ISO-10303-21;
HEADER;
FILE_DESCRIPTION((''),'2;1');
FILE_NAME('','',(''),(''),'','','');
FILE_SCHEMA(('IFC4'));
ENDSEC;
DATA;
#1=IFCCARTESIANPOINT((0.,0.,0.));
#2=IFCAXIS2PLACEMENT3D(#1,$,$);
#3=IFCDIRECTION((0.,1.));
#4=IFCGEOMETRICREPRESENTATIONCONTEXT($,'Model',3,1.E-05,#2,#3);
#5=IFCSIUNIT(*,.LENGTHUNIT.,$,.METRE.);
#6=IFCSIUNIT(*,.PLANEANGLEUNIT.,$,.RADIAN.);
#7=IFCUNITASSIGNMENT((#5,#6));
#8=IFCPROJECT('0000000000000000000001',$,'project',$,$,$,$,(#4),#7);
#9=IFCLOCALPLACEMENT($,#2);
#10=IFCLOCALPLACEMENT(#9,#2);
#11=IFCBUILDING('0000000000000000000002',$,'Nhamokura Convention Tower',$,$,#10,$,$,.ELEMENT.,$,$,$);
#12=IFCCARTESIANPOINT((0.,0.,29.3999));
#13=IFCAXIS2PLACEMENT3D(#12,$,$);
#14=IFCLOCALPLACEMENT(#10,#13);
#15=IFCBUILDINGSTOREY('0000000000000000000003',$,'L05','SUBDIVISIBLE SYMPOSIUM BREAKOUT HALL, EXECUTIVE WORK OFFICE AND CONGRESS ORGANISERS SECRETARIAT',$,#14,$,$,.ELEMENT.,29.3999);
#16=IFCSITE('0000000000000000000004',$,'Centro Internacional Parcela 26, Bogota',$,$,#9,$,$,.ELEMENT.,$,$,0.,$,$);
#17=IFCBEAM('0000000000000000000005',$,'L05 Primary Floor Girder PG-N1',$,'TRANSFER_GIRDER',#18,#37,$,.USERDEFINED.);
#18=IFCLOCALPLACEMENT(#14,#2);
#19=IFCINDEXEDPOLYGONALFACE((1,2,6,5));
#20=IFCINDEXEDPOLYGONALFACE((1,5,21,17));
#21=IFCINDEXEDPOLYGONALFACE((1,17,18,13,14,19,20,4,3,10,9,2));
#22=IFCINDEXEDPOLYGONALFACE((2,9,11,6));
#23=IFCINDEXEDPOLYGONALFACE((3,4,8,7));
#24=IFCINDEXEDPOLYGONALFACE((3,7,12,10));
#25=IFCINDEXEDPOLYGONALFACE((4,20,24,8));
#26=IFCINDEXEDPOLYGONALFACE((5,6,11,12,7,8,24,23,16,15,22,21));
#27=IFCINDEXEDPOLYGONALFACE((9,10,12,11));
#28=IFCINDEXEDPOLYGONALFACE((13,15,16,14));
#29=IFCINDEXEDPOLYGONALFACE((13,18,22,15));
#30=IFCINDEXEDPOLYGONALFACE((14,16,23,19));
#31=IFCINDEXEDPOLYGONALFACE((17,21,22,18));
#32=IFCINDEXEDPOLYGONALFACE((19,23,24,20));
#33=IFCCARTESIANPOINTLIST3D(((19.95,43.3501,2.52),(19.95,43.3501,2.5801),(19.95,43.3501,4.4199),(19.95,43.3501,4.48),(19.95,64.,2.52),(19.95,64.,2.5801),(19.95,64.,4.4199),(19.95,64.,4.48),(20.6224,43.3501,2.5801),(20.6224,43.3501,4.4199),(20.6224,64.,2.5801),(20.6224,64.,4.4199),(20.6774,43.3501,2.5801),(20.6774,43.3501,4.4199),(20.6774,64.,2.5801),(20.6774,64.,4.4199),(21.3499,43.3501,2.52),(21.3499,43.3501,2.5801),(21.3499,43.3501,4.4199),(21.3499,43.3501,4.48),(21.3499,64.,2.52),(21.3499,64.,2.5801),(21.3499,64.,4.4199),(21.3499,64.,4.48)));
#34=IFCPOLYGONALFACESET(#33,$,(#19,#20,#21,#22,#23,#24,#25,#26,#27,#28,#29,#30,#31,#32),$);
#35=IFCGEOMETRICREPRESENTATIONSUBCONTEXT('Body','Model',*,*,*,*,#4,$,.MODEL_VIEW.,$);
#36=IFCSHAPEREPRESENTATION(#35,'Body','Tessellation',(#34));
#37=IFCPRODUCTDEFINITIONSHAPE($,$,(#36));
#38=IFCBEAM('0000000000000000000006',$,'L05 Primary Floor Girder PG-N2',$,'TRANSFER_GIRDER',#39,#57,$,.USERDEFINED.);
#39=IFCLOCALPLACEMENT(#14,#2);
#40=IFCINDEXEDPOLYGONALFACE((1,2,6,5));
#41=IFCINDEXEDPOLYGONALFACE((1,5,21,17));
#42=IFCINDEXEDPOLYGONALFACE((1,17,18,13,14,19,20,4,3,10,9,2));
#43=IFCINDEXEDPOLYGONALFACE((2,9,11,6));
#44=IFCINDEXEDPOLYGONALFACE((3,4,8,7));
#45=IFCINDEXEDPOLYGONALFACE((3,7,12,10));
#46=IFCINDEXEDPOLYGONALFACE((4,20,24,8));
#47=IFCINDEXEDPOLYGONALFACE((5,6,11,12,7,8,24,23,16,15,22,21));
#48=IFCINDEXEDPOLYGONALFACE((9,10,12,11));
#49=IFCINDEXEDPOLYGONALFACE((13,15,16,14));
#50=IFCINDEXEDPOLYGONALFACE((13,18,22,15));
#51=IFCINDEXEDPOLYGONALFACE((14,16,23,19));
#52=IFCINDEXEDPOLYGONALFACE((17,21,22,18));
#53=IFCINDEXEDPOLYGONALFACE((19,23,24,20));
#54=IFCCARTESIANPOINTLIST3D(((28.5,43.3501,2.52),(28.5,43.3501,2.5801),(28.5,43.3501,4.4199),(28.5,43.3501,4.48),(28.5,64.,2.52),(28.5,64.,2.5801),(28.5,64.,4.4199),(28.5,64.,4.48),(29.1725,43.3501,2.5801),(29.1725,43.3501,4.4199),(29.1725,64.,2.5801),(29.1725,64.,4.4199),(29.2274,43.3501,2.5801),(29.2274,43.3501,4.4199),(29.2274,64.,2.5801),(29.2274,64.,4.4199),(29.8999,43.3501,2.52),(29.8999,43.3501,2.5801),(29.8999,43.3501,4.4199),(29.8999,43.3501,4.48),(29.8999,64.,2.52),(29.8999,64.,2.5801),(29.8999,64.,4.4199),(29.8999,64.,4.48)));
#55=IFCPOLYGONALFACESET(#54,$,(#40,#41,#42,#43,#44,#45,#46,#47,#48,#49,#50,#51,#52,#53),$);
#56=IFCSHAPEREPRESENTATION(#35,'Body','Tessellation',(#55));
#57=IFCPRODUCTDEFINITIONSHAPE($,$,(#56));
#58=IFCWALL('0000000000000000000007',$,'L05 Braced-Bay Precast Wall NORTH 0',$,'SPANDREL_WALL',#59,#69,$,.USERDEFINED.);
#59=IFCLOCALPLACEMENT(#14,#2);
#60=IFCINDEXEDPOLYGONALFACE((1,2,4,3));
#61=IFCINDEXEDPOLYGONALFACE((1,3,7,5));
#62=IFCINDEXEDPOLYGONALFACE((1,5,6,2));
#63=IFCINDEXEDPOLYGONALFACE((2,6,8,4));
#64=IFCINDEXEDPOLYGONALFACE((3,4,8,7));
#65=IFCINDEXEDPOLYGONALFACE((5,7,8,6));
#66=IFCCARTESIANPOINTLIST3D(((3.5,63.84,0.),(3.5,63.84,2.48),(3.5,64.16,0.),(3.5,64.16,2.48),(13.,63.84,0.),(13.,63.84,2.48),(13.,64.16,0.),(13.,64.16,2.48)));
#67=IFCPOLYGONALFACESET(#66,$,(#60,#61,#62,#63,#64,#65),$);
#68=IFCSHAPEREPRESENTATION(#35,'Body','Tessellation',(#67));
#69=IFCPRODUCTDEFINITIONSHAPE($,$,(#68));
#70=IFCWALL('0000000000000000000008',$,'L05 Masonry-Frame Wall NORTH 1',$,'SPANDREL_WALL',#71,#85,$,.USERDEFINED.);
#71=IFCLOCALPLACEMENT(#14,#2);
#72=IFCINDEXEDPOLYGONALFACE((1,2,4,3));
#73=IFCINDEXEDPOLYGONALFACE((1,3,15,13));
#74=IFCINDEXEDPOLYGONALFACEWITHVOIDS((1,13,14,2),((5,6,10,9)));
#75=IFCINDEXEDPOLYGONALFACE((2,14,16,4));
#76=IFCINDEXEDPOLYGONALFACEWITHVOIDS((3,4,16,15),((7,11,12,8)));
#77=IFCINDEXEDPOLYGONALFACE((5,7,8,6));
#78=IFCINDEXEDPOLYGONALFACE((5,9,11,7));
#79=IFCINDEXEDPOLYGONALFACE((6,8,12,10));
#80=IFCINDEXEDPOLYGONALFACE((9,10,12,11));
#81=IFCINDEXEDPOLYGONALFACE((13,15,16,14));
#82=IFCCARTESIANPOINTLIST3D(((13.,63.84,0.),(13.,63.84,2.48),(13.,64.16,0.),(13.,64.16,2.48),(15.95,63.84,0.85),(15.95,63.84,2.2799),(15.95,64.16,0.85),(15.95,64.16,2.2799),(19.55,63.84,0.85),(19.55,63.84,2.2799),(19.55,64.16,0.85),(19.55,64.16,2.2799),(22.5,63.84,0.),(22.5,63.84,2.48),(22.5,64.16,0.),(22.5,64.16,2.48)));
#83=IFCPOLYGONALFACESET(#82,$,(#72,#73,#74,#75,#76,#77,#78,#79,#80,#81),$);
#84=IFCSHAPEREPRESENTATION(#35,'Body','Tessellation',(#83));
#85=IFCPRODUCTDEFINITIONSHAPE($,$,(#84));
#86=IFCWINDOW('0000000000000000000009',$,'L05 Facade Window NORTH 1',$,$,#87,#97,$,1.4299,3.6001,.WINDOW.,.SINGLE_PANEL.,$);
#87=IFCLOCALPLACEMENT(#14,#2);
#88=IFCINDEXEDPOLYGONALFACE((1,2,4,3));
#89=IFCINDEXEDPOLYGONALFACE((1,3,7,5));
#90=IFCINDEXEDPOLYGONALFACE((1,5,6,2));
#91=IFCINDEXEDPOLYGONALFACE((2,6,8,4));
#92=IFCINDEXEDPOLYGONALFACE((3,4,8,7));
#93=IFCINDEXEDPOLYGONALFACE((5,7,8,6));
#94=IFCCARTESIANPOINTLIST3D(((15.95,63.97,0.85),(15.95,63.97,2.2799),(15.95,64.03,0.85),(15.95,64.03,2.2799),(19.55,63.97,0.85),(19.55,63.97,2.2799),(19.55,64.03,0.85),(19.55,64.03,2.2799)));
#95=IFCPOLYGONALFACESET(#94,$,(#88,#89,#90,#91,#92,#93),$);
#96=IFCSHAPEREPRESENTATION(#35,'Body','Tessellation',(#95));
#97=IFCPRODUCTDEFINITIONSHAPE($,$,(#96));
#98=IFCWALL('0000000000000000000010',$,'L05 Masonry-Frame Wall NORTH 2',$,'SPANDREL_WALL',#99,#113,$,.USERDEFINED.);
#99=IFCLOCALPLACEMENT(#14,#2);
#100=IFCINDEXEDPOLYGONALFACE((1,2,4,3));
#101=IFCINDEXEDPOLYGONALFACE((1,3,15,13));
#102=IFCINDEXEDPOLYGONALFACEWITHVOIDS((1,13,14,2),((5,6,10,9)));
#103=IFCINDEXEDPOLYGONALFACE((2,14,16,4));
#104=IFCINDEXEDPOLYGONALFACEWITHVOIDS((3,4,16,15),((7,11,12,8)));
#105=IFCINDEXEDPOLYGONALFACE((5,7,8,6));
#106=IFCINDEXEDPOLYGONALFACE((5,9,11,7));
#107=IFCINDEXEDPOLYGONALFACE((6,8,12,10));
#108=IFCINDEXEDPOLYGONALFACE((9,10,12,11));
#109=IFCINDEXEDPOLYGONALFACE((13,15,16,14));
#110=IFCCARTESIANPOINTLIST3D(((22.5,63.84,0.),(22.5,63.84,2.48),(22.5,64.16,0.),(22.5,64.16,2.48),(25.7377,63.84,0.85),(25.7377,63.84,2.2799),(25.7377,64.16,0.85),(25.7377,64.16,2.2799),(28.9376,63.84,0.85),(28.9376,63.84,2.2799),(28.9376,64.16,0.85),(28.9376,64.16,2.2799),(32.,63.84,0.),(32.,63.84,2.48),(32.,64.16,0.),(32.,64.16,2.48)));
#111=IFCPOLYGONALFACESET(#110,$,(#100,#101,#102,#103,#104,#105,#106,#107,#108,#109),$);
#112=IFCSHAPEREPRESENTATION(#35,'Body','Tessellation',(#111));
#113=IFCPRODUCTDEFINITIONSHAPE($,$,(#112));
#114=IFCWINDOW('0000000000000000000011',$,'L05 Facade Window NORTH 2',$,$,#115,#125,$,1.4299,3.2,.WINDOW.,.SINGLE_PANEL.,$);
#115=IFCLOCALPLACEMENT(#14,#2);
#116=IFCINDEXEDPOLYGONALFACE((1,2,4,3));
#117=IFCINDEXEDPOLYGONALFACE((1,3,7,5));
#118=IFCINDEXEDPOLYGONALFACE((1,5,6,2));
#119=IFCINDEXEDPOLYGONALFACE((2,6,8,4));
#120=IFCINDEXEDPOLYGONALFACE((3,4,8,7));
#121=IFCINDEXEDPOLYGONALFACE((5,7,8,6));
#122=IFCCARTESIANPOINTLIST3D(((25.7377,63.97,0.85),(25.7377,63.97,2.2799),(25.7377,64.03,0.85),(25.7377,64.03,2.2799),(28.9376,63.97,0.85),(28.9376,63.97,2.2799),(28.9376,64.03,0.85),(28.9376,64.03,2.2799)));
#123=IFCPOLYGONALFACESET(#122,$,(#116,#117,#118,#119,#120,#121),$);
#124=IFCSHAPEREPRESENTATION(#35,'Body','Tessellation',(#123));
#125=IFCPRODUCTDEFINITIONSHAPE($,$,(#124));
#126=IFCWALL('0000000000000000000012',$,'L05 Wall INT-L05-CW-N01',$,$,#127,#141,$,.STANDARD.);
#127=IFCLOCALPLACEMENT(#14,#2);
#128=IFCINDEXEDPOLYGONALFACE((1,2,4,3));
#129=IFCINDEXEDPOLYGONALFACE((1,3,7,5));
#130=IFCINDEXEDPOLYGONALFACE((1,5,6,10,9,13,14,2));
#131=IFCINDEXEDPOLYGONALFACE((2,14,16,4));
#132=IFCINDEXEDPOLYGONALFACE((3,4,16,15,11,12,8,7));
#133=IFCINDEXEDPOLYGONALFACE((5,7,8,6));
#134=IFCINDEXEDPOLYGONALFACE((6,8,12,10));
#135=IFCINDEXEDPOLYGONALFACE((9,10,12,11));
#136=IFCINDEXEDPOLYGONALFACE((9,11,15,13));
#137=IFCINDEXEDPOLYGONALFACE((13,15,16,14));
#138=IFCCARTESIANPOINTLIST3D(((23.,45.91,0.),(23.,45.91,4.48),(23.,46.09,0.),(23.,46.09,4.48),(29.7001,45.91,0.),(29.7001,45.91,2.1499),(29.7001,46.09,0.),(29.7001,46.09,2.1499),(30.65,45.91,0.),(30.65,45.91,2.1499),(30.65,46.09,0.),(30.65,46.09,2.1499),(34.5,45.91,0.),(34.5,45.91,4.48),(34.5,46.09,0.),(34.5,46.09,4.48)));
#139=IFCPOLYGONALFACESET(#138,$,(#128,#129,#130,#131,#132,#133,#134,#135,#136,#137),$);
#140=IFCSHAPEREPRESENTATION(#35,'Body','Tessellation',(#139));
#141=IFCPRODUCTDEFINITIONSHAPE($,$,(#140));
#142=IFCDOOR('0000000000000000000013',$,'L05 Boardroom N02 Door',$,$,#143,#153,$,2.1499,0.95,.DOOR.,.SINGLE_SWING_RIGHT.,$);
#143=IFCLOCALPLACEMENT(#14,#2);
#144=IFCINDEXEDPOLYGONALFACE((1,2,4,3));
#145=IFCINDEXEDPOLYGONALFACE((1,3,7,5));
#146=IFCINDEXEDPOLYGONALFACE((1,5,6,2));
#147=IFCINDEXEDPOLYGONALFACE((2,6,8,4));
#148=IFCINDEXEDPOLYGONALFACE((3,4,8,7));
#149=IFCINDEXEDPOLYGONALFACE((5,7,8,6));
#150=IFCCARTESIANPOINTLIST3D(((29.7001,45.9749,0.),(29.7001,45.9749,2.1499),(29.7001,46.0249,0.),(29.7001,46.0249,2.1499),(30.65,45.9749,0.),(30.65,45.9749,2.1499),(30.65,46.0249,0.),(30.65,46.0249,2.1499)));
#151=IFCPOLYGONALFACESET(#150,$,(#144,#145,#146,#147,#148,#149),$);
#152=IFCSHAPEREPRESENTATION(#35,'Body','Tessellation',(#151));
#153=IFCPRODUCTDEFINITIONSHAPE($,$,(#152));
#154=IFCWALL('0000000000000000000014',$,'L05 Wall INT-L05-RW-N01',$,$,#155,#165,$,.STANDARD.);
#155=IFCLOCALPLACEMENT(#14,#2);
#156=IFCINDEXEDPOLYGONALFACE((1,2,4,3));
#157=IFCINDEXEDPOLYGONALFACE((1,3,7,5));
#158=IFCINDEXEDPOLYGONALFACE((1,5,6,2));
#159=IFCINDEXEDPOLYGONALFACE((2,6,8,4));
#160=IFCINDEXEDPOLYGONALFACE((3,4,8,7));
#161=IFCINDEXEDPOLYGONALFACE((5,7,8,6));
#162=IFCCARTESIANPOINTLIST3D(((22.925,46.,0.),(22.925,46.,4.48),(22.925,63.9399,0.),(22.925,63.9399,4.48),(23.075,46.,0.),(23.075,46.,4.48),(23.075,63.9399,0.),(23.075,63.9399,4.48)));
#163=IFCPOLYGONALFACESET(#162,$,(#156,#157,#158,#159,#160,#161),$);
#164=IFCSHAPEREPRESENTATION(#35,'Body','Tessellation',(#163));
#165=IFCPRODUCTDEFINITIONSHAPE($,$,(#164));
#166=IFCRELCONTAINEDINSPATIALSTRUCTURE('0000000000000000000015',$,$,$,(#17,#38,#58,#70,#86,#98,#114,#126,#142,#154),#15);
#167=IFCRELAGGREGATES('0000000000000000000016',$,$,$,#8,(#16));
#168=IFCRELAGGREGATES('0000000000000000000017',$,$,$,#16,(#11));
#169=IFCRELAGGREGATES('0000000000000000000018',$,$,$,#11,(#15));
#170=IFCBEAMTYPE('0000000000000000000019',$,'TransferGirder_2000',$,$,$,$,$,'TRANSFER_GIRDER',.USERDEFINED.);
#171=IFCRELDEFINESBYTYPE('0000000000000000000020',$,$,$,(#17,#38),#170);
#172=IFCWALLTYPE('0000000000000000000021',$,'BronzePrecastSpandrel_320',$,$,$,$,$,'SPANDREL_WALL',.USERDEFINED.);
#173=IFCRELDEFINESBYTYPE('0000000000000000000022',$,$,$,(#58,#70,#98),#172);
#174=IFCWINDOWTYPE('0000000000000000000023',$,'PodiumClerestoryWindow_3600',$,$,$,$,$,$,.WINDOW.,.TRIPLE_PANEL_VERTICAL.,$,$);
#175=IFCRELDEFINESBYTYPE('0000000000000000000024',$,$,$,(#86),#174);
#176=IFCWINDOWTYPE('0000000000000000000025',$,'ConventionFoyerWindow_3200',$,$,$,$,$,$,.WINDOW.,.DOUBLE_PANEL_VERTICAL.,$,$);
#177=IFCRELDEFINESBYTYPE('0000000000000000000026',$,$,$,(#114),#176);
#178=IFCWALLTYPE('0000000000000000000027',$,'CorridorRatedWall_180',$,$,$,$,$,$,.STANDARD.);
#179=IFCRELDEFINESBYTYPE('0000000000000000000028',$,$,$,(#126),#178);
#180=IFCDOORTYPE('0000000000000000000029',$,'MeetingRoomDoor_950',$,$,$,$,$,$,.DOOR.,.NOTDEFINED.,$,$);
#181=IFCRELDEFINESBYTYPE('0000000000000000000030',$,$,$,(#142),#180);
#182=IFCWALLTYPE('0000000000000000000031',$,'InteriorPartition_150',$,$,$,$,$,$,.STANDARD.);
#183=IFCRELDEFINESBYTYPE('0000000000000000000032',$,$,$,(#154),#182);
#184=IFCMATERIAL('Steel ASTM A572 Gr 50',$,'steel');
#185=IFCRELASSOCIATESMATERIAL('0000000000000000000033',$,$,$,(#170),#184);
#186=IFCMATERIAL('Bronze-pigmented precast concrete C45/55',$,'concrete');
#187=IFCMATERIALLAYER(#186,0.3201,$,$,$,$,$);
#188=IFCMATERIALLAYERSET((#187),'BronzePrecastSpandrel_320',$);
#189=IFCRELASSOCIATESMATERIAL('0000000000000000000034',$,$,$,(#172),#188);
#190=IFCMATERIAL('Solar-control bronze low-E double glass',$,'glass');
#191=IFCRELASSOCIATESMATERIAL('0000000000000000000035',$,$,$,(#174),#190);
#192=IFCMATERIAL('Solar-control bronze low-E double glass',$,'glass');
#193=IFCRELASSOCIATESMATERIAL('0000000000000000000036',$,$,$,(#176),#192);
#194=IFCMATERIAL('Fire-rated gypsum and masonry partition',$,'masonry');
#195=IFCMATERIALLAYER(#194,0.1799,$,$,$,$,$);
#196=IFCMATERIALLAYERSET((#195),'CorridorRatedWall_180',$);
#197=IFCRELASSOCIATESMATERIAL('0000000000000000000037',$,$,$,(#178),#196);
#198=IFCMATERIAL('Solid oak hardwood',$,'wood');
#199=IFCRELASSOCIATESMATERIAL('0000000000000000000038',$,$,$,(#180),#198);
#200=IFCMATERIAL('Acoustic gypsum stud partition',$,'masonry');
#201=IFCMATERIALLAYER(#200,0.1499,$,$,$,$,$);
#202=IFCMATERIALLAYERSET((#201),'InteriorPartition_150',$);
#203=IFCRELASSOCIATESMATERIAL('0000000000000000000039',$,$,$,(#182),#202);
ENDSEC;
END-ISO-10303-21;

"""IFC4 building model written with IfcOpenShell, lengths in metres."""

from ifc_helpers import new_model, si_unit, direction, frame, frame_2d, origin, origin_2d, place, context, subcontext, project, spatial, rectangle, i_section, extrude, material, layer, layer_set, material_profile, profile_set, type_object, element, fill, save


model = new_model("IFC4")

# Units and contexts
model_context = context("Model", 3, precision=1e-05, world=origin(), true_north=direction((0.0, 1.0)))
body_context = subcontext(model_context, "Body", "Model", "MODEL_VIEW")
ifc_project = project(units=[si_unit("LENGTHUNIT", "METRE"), si_unit("PLANEANGLEUNIT", "RADIAN")], contexts=[model_context])

# Site, building, storey
site_placement = place(None, origin())
site = spatial("IfcSite", under=ifc_project, at=site_placement, Name="Centro Internacional Parcela 26, Bogota", CompositionType="ELEMENT", RefElevation=0.0)
building_placement = place(site_placement, origin())
building = spatial("IfcBuilding", under=site, at=building_placement, Name="Nhamokura Convention Tower", CompositionType="ELEMENT")
storey_placement = place(building_placement, frame((0.0, 0.0, 29.3999)))
storey = spatial("IfcBuildingStorey", under=building, at=storey_placement, Name="L05", Description="SUBDIVISIBLE SYMPOSIUM BREAKOUT HALL, EXECUTIVE WORK OFFICE AND CONGRESS ORGANISERS SECRETARIAT", CompositionType="ELEMENT", Elevation=29.3999)

# Beams
ifc_material_1 = material(Name="Steel ASTM A572 Gr 50", Category="steel")
ifc_material_profile_1 = material_profile(ifc_material_1, i_section(OverallWidth=1.3999, OverallDepth=1.96, WebThickness=0.0549, FlangeThickness=0.0601, at=origin_2d()))
ifc_profile_set_1 = profile_set([ifc_material_profile_1], Name="Steel ASTM A572 Gr 50")
beam_type_1 = type_object("IfcBeamType", Name="TransferGirder_2000", ElementType="TRANSFER_GIRDER", PredefinedType="USERDEFINED", material=ifc_profile_set_1)
for number, where, z_axis, x_axis, name in (
    (1, (20.6499, 43.3501, 3.5), (0.0, 1.0, 0.0), (-1.0, 0.0, 0.0), "L05 Primary Floor Girder PG-N1"),
    (2, (29.2, 43.3501, 3.5), (0.0, 1.0, 0.0), (-1.0, 0.0, 0.0), "L05 Primary Floor Girder PG-N2"),
):
    element("IfcBeam", number, at=place(storey_placement, frame(where, z_axis=z_axis, x_axis=x_axis)), inside=storey, type_object=beam_type_1, Name=name, ObjectType="TRANSFER_GIRDER", PredefinedType="USERDEFINED", context=body_context, shape_type="SweptSolid", body=[
        extrude(i_section(OverallWidth=1.3999, OverallDepth=1.96, WebThickness=0.0549, FlangeThickness=0.0601, at=origin_2d()), origin(), (0.0, 0.0, 1.0), 20.6499),
    ])

# Wall
ifc_material_2 = material(Name="Bronze-pigmented precast concrete C45/55", Category="concrete")
ifc_layer_1 = layer(ifc_material_2, 0.3201)
ifc_layer_set_1 = layer_set([ifc_layer_1], Name="BronzePrecastSpandrel_320")
wall_type_1 = type_object("IfcWallType", Name="BronzePrecastSpandrel_320", ElementType="SPANDREL_WALL", PredefinedType="USERDEFINED", material=ifc_layer_set_1)
wall_1_placement = place(storey_placement, frame((3.5, 64.0, 0.0), z_axis=(0.0, 0.0, 1.0), x_axis=(1.0, 0.0, 0.0)))
element("IfcWall", 3, at=wall_1_placement, inside=storey, type_object=wall_type_1, Name="L05 Braced-Bay Precast Wall NORTH 0", ObjectType="SPANDREL_WALL", PredefinedType="USERDEFINED", context=body_context, shape_type="SweptSolid", body=[
    extrude(rectangle(XDim=9.5, YDim=0.3201, at=frame_2d((4.75, 0.0))), origin(), (0.0, 0.0, 1.0), 2.48),
])

# Walls, openings, windows
wall_2_placement = place(storey_placement, frame((13.0, 64.0, 0.0), z_axis=(0.0, 0.0, 1.0), x_axis=(1.0, 0.0, 0.0)))
wall_2 = element("IfcWall", 4, at=wall_2_placement, inside=storey, type_object=wall_type_1, Name="L05 Masonry-Frame Wall NORTH 1", ObjectType="SPANDREL_WALL", PredefinedType="USERDEFINED", context=body_context, shape_type="SweptSolid", body=[
    extrude(rectangle(XDim=9.5, YDim=0.3201, at=frame_2d((4.75, 0.0))), origin(), (0.0, 0.0, 1.0), 2.48),
])
opening_1_placement = place(wall_2_placement, frame((2.95, 0.0, 0.8501)))
opening_1 = element("IfcOpeningElement", 5, at=opening_1_placement, cuts=wall_2, PredefinedType="OPENING", context=body_context, shape_type="SweptSolid", body=[
    extrude(rectangle(XDim=3.6001, YDim=1.4299, at=frame_2d((1.8, 0.7148))), frame((0.0, 0.1699, 0.0), z_axis=(0.0, -1.0, 0.0), x_axis=(1.0, 0.0, 0.0)), (0.0, 0.0, 1.0), 0.3401),
])
ifc_material_3 = material(Name="Solar-control bronze low-E double glass", Category="glass")
window_type_1 = type_object("IfcWindowType", Name="PodiumClerestoryWindow_3600", PartitioningType="TRIPLE_PANEL_VERTICAL", PredefinedType="WINDOW", material=ifc_material_3)
window_1_placement = place(opening_1_placement, origin())
window_1 = element("IfcWindow", 6, at=window_1_placement, inside=storey, type_object=window_type_1, Name="L05 Facade Window NORTH 1", OverallHeight=1.4299, OverallWidth=3.6001, PartitioningType="SINGLE_PANEL", PredefinedType="WINDOW", context=body_context, shape_type="SweptSolid", body=[
    extrude(rectangle(XDim=3.6001, YDim=1.4299, at=frame_2d((1.8, 0.7148))), frame((0.0, 0.03, 0.0), z_axis=(0.0, -1.0, 0.0), x_axis=(1.0, 0.0, 0.0)), (0.0, 0.0, 1.0), 0.0601),
])
fill(opening_1, window_1)
wall_3_placement = place(storey_placement, frame((22.5, 64.0, 0.0), z_axis=(0.0, 0.0, 1.0), x_axis=(1.0, 0.0, 0.0)))
wall_3 = element("IfcWall", 7, at=wall_3_placement, inside=storey, type_object=wall_type_1, Name="L05 Masonry-Frame Wall NORTH 2", ObjectType="SPANDREL_WALL", PredefinedType="USERDEFINED", context=body_context, shape_type="SweptSolid", body=[
    extrude(rectangle(XDim=9.5, YDim=0.3201, at=frame_2d((4.75, 0.0))), origin(), (0.0, 0.0, 1.0), 2.48),
])
opening_2_placement = place(wall_3_placement, frame((3.2375, 0.0, 0.8501)))
opening_2 = element("IfcOpeningElement", 8, at=opening_2_placement, cuts=wall_3, PredefinedType="OPENING", context=body_context, shape_type="SweptSolid", body=[
    extrude(rectangle(XDim=3.2, YDim=1.4299, at=frame_2d((1.6001, 0.7148))), frame((0.0, 0.1699, 0.0), z_axis=(0.0, -1.0, 0.0), x_axis=(1.0, 0.0, 0.0)), (0.0, 0.0, 1.0), 0.3401),
])
ifc_material_4 = material(Name="Solar-control bronze low-E double glass", Category="glass")
window_type_2 = type_object("IfcWindowType", Name="ConventionFoyerWindow_3200", PartitioningType="DOUBLE_PANEL_VERTICAL", PredefinedType="WINDOW", material=ifc_material_4)
window_2_placement = place(opening_2_placement, origin())
window_2 = element("IfcWindow", 9, at=window_2_placement, inside=storey, type_object=window_type_2, Name="L05 Facade Window NORTH 2", OverallHeight=1.4299, OverallWidth=3.2, PartitioningType="SINGLE_PANEL", PredefinedType="WINDOW", context=body_context, shape_type="SweptSolid", body=[
    extrude(rectangle(XDim=3.2, YDim=1.4299, at=frame_2d((1.6001, 0.7148))), frame((0.0, 0.03, 0.0), z_axis=(0.0, -1.0, 0.0), x_axis=(1.0, 0.0, 0.0)), (0.0, 0.0, 1.0), 0.0601),
])
fill(opening_2, window_2)

# Wall, opening, door
ifc_material_5 = material(Name="Fire-rated gypsum and masonry partition", Category="masonry")
ifc_layer_2 = layer(ifc_material_5, 0.1799)
ifc_layer_set_2 = layer_set([ifc_layer_2], Name="CorridorRatedWall_180")
wall_type_2 = type_object("IfcWallType", Name="CorridorRatedWall_180", PredefinedType="STANDARD", material=ifc_layer_set_2)
wall_4_placement = place(storey_placement, frame((23.0, 46.0, 0.0), z_axis=(0.0, 0.0, 1.0), x_axis=(1.0, 0.0, 0.0)))
wall_4 = element("IfcWall", 10, at=wall_4_placement, inside=storey, type_object=wall_type_2, Name="L05 Wall INT-L05-CW-N01", PredefinedType="STANDARD", context=body_context, shape_type="SweptSolid", body=[
    extrude(rectangle(XDim=11.5, YDim=0.1799, at=frame_2d((5.75, 0.0))), origin(), (0.0, 0.0, 1.0), 4.48),
])
opening_3_placement = place(wall_4_placement, frame((6.7, 0.0, 0.0)))
opening_3 = element("IfcOpeningElement", 11, at=opening_3_placement, cuts=wall_4, PredefinedType="OPENING", context=body_context, shape_type="SweptSolid", body=[
    extrude(rectangle(XDim=0.95, YDim=2.1499, at=frame_2d((0.4751, 1.075))), frame((0.0, 0.0999, 0.0), z_axis=(0.0, -1.0, 0.0), x_axis=(1.0, 0.0, 0.0)), (0.0, 0.0, 1.0), 0.2),
])
ifc_material_6 = material(Name="Solid oak hardwood", Category="wood")
door_type = type_object("IfcDoorType", Name="MeetingRoomDoor_950", OperationType="NOTDEFINED", PredefinedType="DOOR", material=ifc_material_6)
door_placement = place(opening_3_placement, origin())
door = element("IfcDoor", 12, at=door_placement, inside=storey, type_object=door_type, Name="L05 Boardroom N02 Door", OperationType="SINGLE_SWING_RIGHT", OverallHeight=2.1499, OverallWidth=0.95, PredefinedType="DOOR", context=body_context, shape_type="SweptSolid", body=[
    extrude(rectangle(XDim=0.95, YDim=2.1499, at=frame_2d((0.4751, 1.075))), frame((0.0, 0.0249, 0.0), z_axis=(0.0, -1.0, 0.0), x_axis=(1.0, 0.0, 0.0)), (0.0, 0.0, 1.0), 0.05),
])
fill(opening_3, door)

# Wall
ifc_material_7 = material(Name="Acoustic gypsum stud partition", Category="masonry")
ifc_layer_3 = layer(ifc_material_7, 0.1499)
ifc_layer_set_3 = layer_set([ifc_layer_3], Name="InteriorPartition_150")
wall_type_3 = type_object("IfcWallType", Name="InteriorPartition_150", PredefinedType="STANDARD", material=ifc_layer_set_3)
wall_5_placement = place(storey_placement, frame((23.0, 46.0, 0.0), z_axis=(0.0, 0.0, 1.0), x_axis=(0.0, 1.0, 0.0)))
element("IfcWall", 13, at=wall_5_placement, inside=storey, type_object=wall_type_3, Name="L05 Wall INT-L05-RW-N01", PredefinedType="STANDARD", context=body_context, shape_type="SweptSolid", body=[
    extrude(rectangle(XDim=17.9399, YDim=0.1499, at=frame_2d((8.97, 0.0))), origin(), (0.0, 0.0, 1.0), 4.48),
])

save(model, "model.ifc")
